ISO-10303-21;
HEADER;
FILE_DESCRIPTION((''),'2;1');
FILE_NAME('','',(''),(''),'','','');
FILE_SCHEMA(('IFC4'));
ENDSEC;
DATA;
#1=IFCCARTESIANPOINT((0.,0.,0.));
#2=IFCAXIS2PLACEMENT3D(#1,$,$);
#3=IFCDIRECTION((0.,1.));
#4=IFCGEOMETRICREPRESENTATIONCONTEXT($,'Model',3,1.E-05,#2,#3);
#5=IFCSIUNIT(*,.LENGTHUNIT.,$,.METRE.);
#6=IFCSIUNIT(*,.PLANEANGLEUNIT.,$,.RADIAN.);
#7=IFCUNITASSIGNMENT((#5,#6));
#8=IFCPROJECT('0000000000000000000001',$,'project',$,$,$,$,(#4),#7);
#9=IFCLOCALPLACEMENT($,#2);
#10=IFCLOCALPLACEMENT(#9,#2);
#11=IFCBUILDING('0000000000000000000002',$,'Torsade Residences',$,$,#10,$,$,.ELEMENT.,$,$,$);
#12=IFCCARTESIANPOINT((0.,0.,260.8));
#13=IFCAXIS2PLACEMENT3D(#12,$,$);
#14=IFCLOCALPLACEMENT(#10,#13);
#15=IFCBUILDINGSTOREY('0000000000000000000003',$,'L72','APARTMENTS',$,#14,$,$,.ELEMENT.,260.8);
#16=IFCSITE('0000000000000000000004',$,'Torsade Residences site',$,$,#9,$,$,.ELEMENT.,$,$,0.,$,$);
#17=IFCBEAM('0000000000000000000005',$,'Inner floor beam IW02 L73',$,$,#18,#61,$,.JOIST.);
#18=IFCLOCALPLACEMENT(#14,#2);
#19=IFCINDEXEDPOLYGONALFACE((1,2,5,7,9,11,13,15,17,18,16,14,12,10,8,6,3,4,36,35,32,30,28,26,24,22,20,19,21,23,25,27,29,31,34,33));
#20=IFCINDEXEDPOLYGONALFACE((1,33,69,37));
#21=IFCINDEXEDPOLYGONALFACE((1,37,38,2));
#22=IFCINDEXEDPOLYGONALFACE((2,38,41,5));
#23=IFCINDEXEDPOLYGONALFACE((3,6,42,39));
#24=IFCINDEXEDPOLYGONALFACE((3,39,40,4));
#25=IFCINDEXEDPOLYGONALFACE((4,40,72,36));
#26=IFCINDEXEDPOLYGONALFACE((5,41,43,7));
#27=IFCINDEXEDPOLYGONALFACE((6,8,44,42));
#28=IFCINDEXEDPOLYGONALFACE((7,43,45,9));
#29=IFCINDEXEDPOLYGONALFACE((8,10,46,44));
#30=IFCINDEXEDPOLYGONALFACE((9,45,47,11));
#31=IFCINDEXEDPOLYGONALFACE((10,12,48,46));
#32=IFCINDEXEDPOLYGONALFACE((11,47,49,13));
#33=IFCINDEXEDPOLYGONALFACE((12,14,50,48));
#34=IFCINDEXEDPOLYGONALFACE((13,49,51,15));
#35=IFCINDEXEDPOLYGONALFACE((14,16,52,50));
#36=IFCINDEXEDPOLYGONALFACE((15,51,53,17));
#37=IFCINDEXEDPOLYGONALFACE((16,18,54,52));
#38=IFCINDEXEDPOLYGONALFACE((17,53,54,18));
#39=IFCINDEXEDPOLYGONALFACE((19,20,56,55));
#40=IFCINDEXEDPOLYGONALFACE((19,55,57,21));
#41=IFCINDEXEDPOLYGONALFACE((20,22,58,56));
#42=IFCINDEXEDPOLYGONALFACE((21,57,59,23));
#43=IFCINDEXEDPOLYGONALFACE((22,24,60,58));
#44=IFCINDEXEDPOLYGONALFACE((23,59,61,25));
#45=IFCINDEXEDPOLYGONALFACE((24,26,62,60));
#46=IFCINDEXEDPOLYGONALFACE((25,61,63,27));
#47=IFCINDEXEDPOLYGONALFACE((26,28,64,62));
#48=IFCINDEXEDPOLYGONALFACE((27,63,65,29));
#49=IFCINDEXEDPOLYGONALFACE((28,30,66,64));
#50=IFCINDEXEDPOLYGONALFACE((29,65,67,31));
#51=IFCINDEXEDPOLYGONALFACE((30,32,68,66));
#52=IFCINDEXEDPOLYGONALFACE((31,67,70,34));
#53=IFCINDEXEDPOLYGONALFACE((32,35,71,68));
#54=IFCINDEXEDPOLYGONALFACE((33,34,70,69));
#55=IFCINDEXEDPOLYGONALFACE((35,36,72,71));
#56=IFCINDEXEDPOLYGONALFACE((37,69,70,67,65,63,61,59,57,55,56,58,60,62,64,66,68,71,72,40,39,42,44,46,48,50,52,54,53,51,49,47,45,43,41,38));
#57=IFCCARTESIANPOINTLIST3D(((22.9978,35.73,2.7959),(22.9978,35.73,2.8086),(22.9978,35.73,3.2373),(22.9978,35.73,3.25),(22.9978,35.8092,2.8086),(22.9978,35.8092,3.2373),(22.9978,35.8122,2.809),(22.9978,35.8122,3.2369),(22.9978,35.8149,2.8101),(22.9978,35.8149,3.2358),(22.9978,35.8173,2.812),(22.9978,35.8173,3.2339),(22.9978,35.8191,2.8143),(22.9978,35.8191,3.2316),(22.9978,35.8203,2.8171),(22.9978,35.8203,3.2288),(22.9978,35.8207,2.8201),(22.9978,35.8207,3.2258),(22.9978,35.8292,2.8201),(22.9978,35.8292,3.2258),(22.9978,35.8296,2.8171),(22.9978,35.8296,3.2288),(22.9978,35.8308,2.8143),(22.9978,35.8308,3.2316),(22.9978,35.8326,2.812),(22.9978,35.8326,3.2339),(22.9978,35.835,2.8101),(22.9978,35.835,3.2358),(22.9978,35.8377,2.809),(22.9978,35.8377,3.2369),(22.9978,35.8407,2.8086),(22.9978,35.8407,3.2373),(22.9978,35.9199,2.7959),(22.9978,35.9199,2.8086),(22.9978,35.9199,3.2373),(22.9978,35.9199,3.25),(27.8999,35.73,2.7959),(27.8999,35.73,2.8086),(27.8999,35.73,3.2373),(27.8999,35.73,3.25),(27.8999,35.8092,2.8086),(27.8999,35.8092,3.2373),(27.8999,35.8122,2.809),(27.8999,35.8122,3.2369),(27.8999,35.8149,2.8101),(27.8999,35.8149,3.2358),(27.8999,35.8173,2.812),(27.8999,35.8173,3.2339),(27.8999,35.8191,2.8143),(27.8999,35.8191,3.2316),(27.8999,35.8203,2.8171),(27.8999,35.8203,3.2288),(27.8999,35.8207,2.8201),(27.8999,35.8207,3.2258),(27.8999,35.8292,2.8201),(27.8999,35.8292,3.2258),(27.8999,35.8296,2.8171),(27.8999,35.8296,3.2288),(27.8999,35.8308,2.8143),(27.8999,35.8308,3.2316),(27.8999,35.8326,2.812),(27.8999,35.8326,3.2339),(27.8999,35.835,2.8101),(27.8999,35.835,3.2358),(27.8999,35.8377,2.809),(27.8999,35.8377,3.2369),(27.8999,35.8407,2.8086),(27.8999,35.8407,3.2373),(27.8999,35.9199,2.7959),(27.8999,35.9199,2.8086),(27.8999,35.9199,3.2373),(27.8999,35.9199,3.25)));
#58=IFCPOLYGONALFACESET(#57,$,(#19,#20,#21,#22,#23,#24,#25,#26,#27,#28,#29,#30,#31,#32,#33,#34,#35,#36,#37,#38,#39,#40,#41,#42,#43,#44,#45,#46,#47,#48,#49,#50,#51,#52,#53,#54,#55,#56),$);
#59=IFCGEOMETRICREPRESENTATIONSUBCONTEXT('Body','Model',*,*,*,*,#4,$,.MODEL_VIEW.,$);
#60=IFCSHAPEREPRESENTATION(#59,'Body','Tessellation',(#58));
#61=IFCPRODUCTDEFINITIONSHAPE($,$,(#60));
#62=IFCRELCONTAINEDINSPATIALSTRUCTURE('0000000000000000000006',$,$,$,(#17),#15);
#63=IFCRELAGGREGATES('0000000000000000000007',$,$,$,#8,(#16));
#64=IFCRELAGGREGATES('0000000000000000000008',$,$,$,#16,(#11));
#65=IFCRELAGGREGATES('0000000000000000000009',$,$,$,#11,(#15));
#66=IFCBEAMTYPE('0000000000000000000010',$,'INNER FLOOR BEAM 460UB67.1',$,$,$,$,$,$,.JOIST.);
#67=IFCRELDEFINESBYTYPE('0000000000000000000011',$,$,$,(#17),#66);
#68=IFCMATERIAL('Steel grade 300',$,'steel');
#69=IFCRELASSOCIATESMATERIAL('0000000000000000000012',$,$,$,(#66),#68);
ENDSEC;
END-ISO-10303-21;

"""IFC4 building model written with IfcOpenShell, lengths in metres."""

from ifc_helpers import new_model, si_unit, direction, frame, origin, origin_2d, place, context, subcontext, project, spatial, i_section, extrude, material, material_profile, profile_set, type_object, element, save


model = new_model("IFC4")

# Units and contexts
model_context = context("Model", 3, precision=1e-05, world=origin(), true_north=direction((0.0, 1.0)))
body_context = subcontext(model_context, "Body", "Model", "MODEL_VIEW")
ifc_project = project(units=[si_unit("LENGTHUNIT", "METRE"), si_unit("PLANEANGLEUNIT", "RADIAN")], contexts=[model_context])

# Site, building, storey
site_placement = place(None, origin())
site = spatial("IfcSite", under=ifc_project, at=site_placement, Name="Torsade Residences site", CompositionType="ELEMENT", RefElevation=0.0)
building_placement = place(site_placement, origin())
building = spatial("IfcBuilding", under=site, at=building_placement, Name="Torsade Residences", CompositionType="ELEMENT")
storey_placement = place(building_placement, frame((0.0, 0.0, 260.8)))
storey = spatial("IfcBuildingStorey", under=building, at=storey_placement, Name="L72", Description="APARTMENTS", CompositionType="ELEMENT", Elevation=260.8)

# Beam
ifc_material_1 = material(Name="Steel grade 300", Category="steel")
ifc_material_profile = material_profile(ifc_material_1, i_section(OverallWidth=0.1899, OverallDepth=0.4541, WebThickness=0.0085, FlangeThickness=0.0127, FilletRadius=0.0115, at=origin_2d()), Name="460UB67.1")
ifc_profile_set = profile_set([ifc_material_profile], Name="Steel grade 300")
beam_type = type_object("IfcBeamType", Name="INNER FLOOR BEAM 460UB67.1", PredefinedType="JOIST", material=ifc_profile_set)
beam_placement = place(storey_placement, frame((27.8999, 35.825, 3.0229), z_axis=(-1.0, 0.0, 0.0), x_axis=(0.0, -1.0, 0.0)))
element("IfcBeam", 1, at=beam_placement, inside=storey, type_object=beam_type, Name="Inner floor beam IW02 L73", PredefinedType="JOIST", context=body_context, shape_type="SweptSolid", body=[
    extrude(i_section(OverallWidth=0.1899, OverallDepth=0.4541, WebThickness=0.0085, FlangeThickness=0.0127, FilletRadius=0.0115, at=origin_2d()), origin(), (0.0, 0.0, 1.0), 4.9021),
])

save(model, "model.ifc")
